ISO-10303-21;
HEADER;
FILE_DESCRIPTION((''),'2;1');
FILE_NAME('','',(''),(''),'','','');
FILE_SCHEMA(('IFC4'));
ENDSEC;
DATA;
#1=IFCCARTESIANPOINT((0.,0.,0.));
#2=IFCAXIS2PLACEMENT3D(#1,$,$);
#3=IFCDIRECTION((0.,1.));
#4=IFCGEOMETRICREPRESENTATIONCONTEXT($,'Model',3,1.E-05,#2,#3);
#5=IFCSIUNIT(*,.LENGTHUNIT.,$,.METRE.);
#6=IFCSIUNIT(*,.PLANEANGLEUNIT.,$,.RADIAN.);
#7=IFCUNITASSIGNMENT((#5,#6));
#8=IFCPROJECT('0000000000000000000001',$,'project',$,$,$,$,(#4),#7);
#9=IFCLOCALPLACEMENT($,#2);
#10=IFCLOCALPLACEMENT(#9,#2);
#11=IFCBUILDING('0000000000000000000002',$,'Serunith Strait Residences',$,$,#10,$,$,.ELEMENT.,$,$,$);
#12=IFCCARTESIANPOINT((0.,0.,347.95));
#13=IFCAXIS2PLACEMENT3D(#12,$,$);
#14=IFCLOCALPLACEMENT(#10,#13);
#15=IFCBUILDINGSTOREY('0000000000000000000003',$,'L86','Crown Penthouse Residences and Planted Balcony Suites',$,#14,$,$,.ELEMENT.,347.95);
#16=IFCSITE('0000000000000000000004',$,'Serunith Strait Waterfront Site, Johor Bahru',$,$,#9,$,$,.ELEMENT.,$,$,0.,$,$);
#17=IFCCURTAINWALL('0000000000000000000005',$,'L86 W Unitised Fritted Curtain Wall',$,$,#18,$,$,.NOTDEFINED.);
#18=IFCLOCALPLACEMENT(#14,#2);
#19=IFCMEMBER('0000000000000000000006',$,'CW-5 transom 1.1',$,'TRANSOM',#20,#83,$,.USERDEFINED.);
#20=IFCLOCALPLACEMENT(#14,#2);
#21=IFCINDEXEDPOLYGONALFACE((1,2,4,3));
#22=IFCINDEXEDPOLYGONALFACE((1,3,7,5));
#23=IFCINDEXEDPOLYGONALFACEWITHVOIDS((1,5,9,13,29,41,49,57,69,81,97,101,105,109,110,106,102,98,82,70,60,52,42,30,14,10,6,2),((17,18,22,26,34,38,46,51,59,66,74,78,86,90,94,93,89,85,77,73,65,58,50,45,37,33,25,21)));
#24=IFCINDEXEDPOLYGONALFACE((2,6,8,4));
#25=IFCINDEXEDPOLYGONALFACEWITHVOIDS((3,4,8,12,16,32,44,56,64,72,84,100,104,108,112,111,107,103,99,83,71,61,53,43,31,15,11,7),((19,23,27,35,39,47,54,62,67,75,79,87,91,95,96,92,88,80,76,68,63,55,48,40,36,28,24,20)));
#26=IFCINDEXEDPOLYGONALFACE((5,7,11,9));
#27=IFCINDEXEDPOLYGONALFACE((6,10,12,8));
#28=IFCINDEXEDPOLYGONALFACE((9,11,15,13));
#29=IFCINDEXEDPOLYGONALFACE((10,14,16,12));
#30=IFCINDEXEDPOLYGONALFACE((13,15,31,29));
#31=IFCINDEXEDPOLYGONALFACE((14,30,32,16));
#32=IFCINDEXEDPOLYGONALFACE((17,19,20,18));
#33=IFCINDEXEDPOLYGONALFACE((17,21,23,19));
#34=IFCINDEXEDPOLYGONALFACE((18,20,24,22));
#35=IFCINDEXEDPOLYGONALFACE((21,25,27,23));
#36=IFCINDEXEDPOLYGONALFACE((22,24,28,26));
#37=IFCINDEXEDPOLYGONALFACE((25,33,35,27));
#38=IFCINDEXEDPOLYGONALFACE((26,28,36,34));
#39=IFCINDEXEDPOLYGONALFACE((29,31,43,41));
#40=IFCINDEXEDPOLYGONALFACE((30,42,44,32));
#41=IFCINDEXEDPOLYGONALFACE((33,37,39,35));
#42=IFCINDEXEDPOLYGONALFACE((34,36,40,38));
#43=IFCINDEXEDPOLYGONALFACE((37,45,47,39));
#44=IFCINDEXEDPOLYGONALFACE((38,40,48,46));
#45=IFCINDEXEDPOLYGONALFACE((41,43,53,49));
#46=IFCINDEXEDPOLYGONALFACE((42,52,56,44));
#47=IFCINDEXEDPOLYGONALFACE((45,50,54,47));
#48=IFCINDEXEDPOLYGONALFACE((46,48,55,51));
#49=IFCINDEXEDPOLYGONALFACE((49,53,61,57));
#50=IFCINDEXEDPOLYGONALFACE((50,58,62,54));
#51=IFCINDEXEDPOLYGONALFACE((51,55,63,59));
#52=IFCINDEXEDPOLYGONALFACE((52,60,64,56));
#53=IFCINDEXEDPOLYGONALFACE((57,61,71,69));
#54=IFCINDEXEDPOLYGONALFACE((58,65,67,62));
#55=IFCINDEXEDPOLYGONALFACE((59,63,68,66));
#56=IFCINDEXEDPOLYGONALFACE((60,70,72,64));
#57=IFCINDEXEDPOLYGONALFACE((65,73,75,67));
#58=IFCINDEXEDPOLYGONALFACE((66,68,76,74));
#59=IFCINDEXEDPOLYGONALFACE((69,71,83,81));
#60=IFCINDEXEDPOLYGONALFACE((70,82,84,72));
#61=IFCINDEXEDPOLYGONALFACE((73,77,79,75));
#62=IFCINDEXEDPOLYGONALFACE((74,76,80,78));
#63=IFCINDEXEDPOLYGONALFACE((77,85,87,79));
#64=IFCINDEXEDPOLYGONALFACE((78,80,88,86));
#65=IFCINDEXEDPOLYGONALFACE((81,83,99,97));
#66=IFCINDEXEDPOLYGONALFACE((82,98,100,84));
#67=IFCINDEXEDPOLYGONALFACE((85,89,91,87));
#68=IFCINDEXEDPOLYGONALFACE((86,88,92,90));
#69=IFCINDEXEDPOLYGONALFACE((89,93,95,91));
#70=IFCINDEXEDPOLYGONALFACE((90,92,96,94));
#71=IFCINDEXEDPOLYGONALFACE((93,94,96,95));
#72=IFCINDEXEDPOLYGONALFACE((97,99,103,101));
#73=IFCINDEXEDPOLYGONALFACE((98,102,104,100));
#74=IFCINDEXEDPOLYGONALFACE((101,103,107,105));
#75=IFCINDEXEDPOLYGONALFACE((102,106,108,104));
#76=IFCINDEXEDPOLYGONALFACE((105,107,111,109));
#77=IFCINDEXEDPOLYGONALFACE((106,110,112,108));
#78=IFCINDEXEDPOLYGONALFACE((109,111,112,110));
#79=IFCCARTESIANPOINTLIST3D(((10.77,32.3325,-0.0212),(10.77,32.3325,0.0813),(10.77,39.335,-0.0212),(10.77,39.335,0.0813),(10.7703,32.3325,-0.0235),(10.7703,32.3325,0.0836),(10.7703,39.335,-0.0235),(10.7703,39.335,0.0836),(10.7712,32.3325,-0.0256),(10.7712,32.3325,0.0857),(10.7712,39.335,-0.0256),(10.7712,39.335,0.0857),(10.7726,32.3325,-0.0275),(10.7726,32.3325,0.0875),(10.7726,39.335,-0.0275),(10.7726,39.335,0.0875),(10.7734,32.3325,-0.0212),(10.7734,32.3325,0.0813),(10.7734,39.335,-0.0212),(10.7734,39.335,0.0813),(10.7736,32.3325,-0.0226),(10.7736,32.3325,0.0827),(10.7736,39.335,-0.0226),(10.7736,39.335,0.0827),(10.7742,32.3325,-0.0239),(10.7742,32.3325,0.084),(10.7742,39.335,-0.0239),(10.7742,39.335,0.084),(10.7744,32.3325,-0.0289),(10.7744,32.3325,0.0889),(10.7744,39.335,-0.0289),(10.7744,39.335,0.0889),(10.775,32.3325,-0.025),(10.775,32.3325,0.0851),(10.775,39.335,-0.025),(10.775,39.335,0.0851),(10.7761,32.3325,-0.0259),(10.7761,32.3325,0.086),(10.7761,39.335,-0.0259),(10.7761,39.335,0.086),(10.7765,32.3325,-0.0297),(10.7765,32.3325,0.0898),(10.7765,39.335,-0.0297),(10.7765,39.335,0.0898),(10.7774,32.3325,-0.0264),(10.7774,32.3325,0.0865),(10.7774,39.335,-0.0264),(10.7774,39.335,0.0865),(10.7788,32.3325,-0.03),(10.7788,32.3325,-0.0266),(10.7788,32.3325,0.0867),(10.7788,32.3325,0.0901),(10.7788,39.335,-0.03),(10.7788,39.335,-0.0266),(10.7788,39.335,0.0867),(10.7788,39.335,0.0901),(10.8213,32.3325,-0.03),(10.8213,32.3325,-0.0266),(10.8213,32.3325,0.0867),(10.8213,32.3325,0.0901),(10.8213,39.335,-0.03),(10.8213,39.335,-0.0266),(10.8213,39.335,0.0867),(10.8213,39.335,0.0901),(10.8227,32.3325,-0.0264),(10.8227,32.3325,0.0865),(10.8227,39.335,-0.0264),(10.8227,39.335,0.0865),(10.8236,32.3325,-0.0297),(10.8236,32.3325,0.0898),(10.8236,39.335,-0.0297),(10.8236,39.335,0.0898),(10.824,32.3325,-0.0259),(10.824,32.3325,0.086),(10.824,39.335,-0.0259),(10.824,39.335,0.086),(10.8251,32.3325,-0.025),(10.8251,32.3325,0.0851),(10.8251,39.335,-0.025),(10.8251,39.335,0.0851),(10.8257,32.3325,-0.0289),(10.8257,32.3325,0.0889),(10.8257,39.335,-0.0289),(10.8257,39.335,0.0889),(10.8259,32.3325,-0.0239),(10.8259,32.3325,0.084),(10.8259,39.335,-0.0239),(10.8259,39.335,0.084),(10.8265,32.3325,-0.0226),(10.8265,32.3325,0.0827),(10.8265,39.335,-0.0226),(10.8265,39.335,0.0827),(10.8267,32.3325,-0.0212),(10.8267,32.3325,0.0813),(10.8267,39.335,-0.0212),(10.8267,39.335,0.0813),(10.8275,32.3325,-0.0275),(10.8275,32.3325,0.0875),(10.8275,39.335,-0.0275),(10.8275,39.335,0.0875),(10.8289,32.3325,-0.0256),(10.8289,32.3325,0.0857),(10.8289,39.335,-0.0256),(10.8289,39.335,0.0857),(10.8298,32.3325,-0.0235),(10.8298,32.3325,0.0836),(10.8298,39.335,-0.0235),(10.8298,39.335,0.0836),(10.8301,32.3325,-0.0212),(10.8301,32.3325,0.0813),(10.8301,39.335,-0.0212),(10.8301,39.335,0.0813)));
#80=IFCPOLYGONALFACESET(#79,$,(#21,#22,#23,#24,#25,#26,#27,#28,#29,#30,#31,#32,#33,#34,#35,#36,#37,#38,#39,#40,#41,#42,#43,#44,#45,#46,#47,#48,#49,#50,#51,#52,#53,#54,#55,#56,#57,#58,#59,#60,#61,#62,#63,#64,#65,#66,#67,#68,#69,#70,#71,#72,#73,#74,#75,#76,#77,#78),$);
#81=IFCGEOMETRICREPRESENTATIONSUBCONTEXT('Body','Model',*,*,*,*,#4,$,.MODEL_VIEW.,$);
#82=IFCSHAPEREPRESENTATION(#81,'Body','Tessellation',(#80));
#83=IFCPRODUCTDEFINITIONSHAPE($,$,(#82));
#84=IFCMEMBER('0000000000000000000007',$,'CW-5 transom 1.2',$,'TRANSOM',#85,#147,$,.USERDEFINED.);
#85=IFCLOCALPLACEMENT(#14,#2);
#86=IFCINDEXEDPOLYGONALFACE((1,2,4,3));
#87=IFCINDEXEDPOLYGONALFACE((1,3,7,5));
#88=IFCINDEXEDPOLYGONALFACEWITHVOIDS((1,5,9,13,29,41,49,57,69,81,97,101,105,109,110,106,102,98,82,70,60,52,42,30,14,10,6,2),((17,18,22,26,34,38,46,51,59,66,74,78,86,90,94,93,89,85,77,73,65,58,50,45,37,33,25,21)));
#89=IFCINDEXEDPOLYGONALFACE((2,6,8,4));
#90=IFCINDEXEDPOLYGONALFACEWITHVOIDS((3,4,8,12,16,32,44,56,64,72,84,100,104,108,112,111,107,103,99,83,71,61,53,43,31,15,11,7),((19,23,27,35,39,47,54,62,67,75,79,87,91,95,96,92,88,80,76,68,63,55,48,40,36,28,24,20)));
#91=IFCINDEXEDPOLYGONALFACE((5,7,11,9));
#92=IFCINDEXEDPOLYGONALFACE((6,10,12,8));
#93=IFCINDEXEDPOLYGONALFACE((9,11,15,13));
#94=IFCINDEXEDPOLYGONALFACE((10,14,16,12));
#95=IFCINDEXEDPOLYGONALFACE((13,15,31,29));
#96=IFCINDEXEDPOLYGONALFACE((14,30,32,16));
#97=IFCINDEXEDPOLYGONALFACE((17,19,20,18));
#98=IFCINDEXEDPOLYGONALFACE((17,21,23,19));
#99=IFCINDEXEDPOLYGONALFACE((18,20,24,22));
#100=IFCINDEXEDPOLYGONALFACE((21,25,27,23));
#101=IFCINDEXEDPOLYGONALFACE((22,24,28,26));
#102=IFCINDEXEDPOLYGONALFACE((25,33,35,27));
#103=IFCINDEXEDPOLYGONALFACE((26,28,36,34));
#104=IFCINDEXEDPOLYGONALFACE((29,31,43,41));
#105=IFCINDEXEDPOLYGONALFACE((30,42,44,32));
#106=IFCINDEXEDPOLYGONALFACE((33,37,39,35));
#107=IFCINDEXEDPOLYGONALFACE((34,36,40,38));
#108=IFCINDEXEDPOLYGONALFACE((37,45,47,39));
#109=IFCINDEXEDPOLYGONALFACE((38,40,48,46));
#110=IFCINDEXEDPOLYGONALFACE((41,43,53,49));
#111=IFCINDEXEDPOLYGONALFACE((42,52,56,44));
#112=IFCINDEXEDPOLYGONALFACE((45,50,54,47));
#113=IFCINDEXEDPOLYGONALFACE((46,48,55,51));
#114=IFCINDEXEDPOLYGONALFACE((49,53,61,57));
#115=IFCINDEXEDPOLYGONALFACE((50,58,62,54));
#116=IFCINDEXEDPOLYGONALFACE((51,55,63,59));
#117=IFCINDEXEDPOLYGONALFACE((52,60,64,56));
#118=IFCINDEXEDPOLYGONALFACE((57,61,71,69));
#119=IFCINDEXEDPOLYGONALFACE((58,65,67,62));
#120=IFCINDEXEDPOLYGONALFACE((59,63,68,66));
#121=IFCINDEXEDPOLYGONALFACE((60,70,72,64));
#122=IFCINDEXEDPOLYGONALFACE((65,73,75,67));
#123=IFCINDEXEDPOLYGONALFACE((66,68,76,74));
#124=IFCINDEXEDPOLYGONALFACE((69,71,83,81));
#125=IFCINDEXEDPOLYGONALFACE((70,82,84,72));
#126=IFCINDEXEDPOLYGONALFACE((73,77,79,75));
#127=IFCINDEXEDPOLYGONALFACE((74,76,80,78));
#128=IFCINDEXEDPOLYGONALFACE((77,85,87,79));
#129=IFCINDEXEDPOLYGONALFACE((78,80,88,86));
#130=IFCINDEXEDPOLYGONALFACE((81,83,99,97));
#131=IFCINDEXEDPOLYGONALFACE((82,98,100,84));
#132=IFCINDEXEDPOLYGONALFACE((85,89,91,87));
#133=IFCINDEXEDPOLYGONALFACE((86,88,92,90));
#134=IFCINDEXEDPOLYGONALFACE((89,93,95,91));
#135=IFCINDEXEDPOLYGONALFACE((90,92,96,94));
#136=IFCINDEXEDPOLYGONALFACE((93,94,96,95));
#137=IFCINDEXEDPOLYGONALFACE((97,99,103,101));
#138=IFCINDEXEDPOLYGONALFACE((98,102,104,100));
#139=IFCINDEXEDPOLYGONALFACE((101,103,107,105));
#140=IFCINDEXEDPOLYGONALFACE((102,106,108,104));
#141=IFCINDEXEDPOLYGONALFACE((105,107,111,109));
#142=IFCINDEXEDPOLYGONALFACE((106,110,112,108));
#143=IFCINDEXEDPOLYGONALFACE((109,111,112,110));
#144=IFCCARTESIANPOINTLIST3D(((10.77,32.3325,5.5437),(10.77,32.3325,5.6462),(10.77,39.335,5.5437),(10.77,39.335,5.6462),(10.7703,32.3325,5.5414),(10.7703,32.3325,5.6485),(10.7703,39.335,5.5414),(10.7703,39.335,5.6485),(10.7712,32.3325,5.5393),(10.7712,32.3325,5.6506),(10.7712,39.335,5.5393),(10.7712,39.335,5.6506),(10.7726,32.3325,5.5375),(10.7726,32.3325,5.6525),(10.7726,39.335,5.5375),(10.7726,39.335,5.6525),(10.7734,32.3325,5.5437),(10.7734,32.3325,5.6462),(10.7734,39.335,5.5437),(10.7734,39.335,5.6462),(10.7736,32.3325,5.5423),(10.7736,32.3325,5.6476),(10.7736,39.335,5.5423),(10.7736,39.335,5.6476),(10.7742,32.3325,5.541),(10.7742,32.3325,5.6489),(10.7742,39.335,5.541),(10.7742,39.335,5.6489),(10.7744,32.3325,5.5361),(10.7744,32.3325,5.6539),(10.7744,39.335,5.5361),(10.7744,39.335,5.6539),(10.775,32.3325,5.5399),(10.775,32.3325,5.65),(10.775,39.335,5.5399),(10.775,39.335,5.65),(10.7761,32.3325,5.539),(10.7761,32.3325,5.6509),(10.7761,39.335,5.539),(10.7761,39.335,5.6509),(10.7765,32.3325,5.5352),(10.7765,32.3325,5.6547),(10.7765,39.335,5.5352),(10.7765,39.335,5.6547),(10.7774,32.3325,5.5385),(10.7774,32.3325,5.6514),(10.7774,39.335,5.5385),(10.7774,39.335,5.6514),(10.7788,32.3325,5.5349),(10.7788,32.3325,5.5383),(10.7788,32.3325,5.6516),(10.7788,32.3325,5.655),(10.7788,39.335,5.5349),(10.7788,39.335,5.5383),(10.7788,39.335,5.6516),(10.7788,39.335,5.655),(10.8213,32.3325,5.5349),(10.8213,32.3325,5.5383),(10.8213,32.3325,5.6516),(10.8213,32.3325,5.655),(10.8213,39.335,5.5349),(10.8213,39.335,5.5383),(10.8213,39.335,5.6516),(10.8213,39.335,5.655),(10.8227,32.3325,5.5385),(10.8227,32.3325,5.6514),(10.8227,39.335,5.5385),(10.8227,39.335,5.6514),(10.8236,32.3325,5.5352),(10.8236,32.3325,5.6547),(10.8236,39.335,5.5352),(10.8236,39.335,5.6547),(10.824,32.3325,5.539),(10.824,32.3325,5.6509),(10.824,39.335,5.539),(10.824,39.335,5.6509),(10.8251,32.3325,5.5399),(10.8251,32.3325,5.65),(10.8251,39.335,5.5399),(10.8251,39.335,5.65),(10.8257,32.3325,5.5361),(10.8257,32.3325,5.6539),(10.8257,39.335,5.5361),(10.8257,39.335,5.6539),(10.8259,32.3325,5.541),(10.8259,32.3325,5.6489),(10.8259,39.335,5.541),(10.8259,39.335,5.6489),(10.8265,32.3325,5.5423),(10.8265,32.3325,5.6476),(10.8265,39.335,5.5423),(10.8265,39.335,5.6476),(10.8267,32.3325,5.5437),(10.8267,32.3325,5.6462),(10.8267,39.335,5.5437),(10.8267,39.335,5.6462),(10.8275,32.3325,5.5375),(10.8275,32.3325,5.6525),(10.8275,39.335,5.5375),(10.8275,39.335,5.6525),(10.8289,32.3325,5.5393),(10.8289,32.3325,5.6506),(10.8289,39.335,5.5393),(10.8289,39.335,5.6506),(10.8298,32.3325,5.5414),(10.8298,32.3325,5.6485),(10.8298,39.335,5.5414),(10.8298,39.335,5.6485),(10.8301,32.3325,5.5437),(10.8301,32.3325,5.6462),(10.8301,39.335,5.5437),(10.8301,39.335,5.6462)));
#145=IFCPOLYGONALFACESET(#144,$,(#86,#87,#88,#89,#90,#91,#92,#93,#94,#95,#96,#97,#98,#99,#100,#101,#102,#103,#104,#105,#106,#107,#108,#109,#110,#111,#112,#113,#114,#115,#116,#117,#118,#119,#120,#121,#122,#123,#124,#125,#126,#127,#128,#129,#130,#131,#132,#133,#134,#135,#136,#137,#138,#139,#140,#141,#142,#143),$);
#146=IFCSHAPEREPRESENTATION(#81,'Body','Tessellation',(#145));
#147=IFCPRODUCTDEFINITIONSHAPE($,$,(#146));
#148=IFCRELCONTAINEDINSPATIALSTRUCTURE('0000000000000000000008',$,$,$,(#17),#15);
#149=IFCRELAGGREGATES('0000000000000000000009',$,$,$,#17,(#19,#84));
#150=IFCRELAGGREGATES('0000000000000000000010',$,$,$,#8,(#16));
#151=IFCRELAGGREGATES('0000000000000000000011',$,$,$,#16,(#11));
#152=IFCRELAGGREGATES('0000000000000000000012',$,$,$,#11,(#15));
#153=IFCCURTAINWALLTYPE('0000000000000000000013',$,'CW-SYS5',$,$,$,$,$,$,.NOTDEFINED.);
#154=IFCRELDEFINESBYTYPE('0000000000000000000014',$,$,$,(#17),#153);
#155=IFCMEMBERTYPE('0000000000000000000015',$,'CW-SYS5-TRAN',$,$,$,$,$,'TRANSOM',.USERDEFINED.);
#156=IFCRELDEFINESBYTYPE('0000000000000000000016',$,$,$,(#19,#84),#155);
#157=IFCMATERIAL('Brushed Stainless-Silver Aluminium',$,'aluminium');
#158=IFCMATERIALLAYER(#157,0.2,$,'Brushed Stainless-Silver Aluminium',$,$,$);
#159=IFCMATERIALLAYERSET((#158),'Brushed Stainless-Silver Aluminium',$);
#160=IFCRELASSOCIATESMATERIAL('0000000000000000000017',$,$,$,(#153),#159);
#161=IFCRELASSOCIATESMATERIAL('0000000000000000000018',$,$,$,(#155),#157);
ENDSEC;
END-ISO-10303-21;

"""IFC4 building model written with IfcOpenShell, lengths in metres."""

from ifc_helpers import new_model, si_unit, direction, frame, origin, origin_2d, place, context, subcontext, project, spatial, hollow_rectangle, extrude, source, transform, mapped, material, layer, layer_set, material_profile, profile_set, type_object, element, aggregate, save


model = new_model("IFC4")

# Units and contexts
model_context = context("Model", 3, precision=1e-05, world=origin(), true_north=direction((0.0, 1.0)))
body_context = subcontext(model_context, "Body", "Model", "MODEL_VIEW")
ifc_project = project(units=[si_unit("LENGTHUNIT", "METRE"), si_unit("PLANEANGLEUNIT", "RADIAN")], contexts=[model_context])

# Site, building, storey
site_placement = place(None, origin())
site = spatial("IfcSite", under=ifc_project, at=site_placement, Name="Serunith Strait Waterfront Site, Johor Bahru", CompositionType="ELEMENT", RefElevation=0.0)
building_placement = place(site_placement, origin())
building = spatial("IfcBuilding", under=site, at=building_placement, Name="Serunith Strait Residences", CompositionType="ELEMENT")
storey_placement = place(building_placement, frame((0.0, 0.0, 347.95)))
storey = spatial("IfcBuildingStorey", under=building, at=storey_placement, Name="L86", Description="Crown Penthouse Residences and Planted Balcony Suites", CompositionType="ELEMENT", Elevation=347.95)

# Curtain wall, members
ifc_material_1 = material(Name="Brushed Stainless-Silver Aluminium", Category="aluminium")
ifc_layer_1 = layer(ifc_material_1, 0.2, Name="Brushed Stainless-Silver Aluminium")
ifc_layer_set_1 = layer_set([ifc_layer_1], Name="Brushed Stainless-Silver Aluminium")
curtain_wall_type = type_object("IfcCurtainWallType", Name="CW-SYS5", PredefinedType="NOTDEFINED", material=ifc_layer_set_1)
curtain_wall_1_placement = place(storey_placement, origin())
curtain_wall_1 = element("IfcCurtainWall", 1, at=curtain_wall_1_placement, inside=storey, type_object=curtain_wall_type, Name="L86 W Unitised Fritted Curtain Wall", PredefinedType="NOTDEFINED")
ifc_material_profile_1 = material_profile(ifc_material_1, hollow_rectangle(XDim=0.0601, YDim=0.1201, WallThickness=0.0034, InnerFilletRadius=0.0054, OuterFilletRadius=0.0088, at=origin_2d()), Name="ALU 120x60x3.5")
ifc_profile_set_1 = profile_set([ifc_material_profile_1], Name="Brushed Stainless-Silver Aluminium")
member_type_1 = type_object("IfcMemberType", Name="CW-SYS5-TRAN", ElementType="TRANSOM", PredefinedType="USERDEFINED", material=ifc_profile_set_1)
shared_shape_1 = source(origin(), body_context, "Body", "SweptSolid", [
    extrude(hollow_rectangle(XDim=0.0601, YDim=0.1201, WallThickness=0.0034, InnerFilletRadius=0.0054, OuterFilletRadius=0.0088, at=origin_2d()), origin(), (0.0, 0.0, 1.0), 7.0024),
])
member_1_placement = place(storey_placement, frame((10.8, 39.335, 0.03), z_axis=(0.0, -1.0, 0.0), x_axis=(1.0, 0.0, 0.0)))
member_1 = element("IfcMember", 2, at=member_1_placement, type_object=member_type_1, Name="CW-5 transom 1.1", ObjectType="TRANSOM", PredefinedType="USERDEFINED", context=body_context, shape_type="MappedRepresentation", body=[
    mapped(shared_shape_1, transform((0.0, 0.0, 0.0), scale=1.0)),
])
member_2_placement = place(storey_placement, frame((10.8, 39.335, 5.595), z_axis=(0.0, -1.0, 0.0), x_axis=(1.0, 0.0, 0.0)))
member_2 = element("IfcMember", 3, at=member_2_placement, type_object=member_type_1, Name="CW-5 transom 1.2", ObjectType="TRANSOM", PredefinedType="USERDEFINED", context=body_context, shape_type="MappedRepresentation", body=[
    mapped(shared_shape_1, transform((0.0, 0.0, 0.0), scale=1.0)),
])

aggregate(curtain_wall_1, [member_1, member_2])

save(model, "model.ifc")
